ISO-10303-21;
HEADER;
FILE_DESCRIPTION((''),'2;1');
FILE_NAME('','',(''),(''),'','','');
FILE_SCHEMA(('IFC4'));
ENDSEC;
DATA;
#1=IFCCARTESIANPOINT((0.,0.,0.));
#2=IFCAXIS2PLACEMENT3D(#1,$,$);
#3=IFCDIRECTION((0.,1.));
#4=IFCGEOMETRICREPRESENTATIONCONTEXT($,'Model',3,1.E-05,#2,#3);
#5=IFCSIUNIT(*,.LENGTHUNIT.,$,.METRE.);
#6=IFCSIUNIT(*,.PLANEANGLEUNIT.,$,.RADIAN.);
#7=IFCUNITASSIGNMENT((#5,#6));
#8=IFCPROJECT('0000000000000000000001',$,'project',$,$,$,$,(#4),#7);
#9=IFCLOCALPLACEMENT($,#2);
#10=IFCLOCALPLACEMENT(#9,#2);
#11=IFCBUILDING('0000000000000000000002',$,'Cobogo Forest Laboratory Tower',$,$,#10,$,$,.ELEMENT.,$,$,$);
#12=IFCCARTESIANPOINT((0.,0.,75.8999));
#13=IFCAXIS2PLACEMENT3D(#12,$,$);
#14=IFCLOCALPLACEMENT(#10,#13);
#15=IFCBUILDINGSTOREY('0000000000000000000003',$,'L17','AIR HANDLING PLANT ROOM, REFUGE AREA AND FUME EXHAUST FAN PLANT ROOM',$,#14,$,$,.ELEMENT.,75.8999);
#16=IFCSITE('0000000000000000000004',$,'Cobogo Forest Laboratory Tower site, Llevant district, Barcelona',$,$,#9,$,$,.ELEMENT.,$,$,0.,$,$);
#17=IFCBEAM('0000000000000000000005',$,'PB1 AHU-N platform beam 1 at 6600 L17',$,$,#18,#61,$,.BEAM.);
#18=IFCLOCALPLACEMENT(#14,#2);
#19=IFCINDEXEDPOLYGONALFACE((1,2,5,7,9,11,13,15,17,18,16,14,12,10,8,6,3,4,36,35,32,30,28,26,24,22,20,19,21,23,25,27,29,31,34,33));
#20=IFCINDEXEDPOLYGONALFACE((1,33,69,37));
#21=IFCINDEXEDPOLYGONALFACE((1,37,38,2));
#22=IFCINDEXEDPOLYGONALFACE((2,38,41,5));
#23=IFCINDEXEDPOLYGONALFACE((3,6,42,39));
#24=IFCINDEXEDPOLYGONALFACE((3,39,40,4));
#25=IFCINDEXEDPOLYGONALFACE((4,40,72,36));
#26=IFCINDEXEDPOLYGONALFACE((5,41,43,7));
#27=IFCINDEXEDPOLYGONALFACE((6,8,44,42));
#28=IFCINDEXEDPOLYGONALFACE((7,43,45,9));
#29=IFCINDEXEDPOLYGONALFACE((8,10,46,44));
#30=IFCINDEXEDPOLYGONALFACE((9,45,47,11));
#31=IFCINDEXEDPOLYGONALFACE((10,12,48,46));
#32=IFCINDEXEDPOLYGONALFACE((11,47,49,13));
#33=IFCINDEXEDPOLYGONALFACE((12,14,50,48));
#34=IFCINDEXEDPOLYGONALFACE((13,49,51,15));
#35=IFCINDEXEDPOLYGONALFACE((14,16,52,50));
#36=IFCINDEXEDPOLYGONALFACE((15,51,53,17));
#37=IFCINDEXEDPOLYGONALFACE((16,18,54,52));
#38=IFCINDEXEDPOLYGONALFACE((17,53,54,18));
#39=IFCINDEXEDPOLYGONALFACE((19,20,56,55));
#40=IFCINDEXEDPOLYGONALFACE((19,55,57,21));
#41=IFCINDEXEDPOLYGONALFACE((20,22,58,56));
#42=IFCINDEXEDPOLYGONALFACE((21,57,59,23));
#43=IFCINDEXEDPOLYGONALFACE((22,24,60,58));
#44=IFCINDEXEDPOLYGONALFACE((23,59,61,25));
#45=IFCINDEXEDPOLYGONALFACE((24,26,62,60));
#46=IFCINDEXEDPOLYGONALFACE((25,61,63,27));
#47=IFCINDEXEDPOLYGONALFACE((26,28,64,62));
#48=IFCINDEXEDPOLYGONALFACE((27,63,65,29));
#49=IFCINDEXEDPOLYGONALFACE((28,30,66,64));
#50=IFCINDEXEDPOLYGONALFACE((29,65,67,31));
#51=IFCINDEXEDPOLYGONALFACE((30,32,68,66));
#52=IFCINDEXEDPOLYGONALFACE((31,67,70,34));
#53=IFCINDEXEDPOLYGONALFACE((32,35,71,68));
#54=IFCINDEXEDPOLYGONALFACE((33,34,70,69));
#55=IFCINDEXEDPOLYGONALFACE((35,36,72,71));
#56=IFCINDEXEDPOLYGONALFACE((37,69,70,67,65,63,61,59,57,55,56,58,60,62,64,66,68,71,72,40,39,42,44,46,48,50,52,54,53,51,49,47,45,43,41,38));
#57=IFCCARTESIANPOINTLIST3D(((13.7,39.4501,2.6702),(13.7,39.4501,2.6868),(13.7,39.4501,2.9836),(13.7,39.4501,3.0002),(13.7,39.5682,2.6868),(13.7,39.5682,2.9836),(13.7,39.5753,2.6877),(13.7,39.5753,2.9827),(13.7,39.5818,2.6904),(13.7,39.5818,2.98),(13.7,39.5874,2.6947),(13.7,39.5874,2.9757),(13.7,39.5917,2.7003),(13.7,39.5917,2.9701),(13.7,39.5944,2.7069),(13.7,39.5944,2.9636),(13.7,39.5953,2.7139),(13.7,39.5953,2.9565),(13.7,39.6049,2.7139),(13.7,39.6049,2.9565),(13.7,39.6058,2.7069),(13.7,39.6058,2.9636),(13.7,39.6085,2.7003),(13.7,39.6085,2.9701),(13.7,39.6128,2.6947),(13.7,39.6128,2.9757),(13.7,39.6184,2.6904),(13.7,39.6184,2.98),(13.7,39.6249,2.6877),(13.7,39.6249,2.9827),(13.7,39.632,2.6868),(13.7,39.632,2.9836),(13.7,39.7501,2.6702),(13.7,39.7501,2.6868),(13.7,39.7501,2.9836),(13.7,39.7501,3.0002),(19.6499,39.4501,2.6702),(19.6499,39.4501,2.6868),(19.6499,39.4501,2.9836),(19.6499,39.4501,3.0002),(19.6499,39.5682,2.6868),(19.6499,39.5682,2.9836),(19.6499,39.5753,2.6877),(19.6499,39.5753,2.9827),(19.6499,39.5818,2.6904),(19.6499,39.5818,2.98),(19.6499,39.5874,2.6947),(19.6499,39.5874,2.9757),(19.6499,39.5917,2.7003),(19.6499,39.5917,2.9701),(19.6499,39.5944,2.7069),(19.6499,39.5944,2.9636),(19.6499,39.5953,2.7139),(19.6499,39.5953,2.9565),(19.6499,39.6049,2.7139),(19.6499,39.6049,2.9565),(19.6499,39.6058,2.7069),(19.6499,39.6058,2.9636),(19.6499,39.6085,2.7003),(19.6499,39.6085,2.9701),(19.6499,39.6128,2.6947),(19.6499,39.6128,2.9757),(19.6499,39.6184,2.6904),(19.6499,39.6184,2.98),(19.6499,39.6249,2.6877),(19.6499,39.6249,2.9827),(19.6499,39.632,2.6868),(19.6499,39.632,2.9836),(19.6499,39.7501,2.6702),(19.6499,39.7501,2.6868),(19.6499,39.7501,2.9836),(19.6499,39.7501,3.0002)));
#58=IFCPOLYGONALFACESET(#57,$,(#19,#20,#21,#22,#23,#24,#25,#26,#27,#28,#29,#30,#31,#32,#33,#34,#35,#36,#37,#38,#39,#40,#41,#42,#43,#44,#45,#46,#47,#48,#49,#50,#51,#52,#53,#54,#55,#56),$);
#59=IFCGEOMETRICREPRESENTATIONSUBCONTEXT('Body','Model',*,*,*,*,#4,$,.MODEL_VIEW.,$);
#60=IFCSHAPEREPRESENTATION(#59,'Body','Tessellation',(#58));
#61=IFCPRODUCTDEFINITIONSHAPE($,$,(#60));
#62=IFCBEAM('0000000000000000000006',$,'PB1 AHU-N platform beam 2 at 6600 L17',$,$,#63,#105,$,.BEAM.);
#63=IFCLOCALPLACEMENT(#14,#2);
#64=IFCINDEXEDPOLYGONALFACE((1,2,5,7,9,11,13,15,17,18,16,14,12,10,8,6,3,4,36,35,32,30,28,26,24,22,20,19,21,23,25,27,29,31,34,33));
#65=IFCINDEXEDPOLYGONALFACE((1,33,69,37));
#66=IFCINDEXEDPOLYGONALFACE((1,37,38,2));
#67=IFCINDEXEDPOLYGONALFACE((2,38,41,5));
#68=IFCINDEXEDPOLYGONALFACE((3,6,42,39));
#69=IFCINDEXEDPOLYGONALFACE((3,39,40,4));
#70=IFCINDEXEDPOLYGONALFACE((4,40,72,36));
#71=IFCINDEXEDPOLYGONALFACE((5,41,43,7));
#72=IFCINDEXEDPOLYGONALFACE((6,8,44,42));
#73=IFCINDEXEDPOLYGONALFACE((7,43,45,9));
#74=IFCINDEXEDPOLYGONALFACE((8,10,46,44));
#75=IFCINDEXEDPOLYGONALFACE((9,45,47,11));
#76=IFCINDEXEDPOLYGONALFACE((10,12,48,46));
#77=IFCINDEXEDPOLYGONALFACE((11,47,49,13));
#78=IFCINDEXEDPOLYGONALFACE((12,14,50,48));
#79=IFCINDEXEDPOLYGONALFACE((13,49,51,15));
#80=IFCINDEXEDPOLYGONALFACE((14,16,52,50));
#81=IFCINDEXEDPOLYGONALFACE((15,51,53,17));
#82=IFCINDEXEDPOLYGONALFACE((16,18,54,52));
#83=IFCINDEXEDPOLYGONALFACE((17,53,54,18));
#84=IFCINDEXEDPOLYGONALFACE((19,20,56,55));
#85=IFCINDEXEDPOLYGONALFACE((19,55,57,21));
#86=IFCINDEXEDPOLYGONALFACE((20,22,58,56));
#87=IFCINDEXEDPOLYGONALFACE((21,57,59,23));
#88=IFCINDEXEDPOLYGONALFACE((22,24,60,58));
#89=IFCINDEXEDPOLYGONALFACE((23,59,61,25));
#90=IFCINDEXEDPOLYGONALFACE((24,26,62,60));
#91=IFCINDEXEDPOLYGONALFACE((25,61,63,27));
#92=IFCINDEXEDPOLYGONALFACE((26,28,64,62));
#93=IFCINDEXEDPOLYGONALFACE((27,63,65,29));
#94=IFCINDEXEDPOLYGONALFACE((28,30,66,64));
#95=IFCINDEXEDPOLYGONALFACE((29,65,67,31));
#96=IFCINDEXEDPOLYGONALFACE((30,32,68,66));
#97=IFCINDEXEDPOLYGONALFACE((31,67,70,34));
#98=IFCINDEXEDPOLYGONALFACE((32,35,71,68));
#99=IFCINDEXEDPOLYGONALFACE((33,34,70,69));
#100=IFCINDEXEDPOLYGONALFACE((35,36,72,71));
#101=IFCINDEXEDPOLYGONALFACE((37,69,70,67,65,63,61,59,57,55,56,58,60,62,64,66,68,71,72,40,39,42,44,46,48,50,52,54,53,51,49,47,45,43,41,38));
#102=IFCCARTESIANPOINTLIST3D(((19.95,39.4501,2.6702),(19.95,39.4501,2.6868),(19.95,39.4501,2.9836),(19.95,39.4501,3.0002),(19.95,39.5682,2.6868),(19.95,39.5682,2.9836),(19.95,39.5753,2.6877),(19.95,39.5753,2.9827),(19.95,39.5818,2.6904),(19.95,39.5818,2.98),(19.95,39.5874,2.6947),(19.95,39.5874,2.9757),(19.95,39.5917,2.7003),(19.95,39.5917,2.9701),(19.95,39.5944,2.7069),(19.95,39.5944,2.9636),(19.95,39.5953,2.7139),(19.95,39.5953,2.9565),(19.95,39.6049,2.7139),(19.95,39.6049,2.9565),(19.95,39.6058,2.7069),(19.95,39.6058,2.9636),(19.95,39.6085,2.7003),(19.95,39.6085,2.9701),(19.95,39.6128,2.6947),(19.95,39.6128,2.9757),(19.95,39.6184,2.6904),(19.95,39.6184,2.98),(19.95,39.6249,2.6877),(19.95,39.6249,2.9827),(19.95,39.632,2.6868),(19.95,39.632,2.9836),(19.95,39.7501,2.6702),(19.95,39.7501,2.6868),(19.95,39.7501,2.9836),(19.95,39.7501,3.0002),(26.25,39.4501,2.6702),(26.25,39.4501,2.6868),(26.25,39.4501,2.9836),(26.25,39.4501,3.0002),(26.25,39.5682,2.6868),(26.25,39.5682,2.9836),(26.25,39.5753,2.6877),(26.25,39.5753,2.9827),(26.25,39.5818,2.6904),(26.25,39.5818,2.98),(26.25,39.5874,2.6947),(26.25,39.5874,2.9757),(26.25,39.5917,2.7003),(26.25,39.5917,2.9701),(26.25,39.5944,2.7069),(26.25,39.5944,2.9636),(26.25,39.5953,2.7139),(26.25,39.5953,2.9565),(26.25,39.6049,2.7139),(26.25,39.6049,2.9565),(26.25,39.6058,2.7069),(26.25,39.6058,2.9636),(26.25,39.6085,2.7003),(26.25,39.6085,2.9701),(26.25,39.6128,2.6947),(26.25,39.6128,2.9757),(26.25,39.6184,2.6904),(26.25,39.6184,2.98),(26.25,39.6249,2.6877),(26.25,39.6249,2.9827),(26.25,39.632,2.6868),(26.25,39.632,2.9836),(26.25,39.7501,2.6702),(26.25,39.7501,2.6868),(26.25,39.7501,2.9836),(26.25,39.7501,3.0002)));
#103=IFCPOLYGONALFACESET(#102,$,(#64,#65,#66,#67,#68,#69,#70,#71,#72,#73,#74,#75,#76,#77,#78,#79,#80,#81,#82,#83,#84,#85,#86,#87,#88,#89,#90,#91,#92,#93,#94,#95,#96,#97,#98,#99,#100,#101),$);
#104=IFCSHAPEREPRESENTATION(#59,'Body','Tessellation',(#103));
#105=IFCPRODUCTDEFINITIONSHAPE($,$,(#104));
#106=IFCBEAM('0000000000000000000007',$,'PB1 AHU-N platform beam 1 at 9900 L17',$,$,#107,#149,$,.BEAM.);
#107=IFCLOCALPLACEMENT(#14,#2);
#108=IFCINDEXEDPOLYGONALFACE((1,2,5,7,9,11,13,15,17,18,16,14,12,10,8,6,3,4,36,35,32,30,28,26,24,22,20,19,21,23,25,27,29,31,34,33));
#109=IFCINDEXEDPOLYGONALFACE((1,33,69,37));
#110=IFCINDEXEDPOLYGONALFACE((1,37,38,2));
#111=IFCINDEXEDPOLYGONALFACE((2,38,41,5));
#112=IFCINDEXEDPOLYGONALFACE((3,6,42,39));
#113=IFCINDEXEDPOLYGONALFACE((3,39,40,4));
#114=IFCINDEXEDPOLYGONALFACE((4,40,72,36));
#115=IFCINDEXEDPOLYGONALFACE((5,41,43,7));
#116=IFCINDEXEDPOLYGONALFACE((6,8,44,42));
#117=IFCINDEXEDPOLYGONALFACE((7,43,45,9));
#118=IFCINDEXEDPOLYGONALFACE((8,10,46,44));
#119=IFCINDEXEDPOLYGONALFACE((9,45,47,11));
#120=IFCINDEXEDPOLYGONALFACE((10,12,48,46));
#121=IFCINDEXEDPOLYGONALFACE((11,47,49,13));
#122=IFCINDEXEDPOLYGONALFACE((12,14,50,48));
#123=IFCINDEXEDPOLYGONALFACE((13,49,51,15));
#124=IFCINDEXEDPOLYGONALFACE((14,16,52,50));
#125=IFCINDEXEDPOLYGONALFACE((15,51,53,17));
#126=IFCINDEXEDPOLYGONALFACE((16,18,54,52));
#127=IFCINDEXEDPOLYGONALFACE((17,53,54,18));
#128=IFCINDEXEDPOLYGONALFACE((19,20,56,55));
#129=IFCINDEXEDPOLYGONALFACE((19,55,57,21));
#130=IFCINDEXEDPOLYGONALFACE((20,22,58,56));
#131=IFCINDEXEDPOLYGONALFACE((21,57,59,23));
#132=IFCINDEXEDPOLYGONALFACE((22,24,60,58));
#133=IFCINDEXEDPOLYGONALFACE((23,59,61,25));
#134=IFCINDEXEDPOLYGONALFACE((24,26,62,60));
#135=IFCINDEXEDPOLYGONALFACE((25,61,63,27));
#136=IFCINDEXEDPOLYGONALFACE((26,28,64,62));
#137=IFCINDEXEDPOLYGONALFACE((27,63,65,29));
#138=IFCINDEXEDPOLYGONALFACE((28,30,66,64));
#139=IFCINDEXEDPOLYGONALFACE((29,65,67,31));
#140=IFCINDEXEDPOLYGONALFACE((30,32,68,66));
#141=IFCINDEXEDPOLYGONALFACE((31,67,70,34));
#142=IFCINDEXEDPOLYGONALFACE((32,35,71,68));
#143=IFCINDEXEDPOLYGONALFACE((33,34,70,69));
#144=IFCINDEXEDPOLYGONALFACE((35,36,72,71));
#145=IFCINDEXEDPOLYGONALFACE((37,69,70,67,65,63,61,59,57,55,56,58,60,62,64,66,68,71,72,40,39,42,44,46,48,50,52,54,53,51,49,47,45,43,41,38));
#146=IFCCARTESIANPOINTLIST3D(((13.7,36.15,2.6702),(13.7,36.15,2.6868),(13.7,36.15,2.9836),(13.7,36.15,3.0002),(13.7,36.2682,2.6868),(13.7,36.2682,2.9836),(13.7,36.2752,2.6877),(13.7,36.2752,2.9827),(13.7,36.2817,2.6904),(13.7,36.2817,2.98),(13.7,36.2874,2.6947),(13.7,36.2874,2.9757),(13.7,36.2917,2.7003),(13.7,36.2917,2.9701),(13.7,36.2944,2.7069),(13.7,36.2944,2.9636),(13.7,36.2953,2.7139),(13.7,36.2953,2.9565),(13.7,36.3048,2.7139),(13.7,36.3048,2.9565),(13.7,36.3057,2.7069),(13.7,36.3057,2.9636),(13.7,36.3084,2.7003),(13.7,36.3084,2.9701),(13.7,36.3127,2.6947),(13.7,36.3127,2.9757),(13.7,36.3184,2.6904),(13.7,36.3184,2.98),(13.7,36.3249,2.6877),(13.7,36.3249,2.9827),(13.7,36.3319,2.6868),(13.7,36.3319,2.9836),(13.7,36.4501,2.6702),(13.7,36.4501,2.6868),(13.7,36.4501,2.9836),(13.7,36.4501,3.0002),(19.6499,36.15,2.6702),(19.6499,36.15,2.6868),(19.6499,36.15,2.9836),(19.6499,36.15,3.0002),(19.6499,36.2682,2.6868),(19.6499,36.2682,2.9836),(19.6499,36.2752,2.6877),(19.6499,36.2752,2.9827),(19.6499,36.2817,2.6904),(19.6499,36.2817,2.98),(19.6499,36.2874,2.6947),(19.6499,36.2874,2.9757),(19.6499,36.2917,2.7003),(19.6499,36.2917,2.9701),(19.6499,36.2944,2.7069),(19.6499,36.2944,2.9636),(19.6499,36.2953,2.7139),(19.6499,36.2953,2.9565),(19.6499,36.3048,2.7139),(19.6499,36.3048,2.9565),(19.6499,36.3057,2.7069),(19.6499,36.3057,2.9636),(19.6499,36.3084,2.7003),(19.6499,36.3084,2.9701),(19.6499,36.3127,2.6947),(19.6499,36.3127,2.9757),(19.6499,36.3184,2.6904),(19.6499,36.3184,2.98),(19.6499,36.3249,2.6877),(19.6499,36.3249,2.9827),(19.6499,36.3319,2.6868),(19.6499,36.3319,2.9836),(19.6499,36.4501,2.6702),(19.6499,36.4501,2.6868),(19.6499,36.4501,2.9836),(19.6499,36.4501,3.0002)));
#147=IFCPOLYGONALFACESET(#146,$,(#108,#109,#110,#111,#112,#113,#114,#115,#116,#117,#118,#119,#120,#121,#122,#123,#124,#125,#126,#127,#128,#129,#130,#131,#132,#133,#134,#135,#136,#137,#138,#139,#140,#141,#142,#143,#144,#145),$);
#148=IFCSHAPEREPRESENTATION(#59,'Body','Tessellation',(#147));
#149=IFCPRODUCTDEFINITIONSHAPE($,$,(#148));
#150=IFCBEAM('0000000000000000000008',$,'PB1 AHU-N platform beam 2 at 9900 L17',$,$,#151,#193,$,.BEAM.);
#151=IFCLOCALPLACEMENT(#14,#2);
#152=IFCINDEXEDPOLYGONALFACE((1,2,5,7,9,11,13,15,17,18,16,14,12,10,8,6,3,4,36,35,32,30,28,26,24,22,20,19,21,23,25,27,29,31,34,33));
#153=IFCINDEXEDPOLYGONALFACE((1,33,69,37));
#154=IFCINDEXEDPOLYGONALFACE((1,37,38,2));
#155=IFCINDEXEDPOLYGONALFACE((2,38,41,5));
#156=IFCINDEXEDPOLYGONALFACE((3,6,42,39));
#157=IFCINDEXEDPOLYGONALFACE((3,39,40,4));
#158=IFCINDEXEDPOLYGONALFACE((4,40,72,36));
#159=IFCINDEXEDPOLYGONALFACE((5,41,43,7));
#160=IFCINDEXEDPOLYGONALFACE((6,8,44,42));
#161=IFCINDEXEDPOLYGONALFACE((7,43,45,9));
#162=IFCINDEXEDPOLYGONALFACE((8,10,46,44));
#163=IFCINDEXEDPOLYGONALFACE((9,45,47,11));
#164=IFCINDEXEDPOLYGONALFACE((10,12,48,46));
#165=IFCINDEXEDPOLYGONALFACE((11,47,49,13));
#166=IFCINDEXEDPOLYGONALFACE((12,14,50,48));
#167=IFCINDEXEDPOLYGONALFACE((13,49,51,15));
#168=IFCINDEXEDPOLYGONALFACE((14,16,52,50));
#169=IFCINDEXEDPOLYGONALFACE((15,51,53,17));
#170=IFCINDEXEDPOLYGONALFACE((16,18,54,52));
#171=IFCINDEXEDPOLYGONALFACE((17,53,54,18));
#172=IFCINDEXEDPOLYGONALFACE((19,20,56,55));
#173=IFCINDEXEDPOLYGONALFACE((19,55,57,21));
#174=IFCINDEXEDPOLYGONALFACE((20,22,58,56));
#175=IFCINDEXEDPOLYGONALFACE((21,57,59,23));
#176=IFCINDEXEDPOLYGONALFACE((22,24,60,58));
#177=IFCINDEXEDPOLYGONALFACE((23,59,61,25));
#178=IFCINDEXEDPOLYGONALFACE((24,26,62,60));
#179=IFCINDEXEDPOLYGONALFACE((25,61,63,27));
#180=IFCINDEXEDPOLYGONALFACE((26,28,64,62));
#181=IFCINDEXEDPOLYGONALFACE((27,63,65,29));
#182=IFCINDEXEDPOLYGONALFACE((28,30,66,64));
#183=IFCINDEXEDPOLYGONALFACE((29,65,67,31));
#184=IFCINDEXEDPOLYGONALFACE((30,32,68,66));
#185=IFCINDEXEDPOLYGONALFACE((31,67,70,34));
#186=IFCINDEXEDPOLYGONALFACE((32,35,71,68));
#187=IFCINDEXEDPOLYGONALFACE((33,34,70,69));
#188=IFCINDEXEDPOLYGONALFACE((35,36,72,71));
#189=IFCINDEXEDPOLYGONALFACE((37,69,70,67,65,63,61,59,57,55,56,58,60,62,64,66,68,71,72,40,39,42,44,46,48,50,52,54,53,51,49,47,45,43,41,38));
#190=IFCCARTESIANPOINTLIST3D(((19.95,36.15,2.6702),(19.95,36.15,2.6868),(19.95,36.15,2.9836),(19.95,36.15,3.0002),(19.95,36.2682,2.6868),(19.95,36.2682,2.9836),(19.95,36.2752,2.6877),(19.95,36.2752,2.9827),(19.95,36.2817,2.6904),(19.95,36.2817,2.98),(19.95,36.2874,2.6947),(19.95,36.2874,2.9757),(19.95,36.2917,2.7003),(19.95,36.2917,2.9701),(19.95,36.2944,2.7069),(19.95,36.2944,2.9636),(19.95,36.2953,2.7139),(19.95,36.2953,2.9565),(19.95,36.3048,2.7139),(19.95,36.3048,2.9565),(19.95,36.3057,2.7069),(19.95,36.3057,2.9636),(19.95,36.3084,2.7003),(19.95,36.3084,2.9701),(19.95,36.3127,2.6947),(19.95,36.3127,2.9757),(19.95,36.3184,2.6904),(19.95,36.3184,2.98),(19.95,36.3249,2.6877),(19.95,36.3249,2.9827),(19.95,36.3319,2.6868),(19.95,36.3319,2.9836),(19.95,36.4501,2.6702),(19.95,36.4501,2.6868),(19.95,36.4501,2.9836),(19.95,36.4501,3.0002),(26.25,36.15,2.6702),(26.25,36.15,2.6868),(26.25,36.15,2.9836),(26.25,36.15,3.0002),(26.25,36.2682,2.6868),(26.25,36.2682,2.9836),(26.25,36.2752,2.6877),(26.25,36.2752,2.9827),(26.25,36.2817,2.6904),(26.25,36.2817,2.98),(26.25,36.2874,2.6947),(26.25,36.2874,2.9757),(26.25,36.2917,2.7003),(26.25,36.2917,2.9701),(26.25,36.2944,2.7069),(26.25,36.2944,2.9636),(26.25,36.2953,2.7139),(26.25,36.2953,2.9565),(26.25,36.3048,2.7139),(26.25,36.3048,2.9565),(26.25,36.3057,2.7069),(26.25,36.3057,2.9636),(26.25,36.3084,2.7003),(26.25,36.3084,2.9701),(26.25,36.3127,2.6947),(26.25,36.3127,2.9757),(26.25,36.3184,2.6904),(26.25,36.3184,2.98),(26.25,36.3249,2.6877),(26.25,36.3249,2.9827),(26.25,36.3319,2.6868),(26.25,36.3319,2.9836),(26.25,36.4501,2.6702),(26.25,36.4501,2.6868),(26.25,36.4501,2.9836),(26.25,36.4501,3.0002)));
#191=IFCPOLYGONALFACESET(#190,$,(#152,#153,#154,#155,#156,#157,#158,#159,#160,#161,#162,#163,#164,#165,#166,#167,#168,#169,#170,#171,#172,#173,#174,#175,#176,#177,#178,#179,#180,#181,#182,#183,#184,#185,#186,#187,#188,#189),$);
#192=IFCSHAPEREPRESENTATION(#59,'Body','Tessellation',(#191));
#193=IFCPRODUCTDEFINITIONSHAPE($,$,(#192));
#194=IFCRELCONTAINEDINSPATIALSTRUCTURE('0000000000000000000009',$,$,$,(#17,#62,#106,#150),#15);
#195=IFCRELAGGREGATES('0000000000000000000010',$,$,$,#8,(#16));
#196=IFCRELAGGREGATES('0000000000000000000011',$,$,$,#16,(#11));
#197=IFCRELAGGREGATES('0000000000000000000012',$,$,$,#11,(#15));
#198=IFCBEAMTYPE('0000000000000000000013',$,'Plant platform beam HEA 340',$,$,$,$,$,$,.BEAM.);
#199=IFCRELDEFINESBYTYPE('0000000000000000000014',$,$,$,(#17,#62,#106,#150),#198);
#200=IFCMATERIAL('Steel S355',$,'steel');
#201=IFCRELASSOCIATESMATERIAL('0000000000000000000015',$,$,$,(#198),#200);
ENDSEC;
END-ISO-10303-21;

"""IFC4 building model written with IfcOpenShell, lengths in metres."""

from ifc_helpers import new_model, si_unit, direction, frame, origin, origin_2d, place, context, subcontext, project, spatial, i_section, extrude, material, material_profile, profile_set, type_object, element, save


model = new_model("IFC4")

# Units and contexts
model_context = context("Model", 3, precision=1e-05, world=origin(), true_north=direction((0.0, 1.0)))
body_context = subcontext(model_context, "Body", "Model", "MODEL_VIEW")
ifc_project = project(units=[si_unit("LENGTHUNIT", "METRE"), si_unit("PLANEANGLEUNIT", "RADIAN")], contexts=[model_context])

# Site, building, storey
site_placement = place(None, origin())
site = spatial("IfcSite", under=ifc_project, at=site_placement, Name="Cobogo Forest Laboratory Tower site, Llevant district, Barcelona", CompositionType="ELEMENT", RefElevation=0.0)
building_placement = place(site_placement, origin())
building = spatial("IfcBuilding", under=site, at=building_placement, Name="Cobogo Forest Laboratory Tower", CompositionType="ELEMENT")
storey_placement = place(building_placement, frame((0.0, 0.0, 75.8999)))
storey = spatial("IfcBuildingStorey", under=building, at=storey_placement, Name="L17", Description="AIR HANDLING PLANT ROOM, REFUGE AREA AND FUME EXHAUST FAN PLANT ROOM", CompositionType="ELEMENT", Elevation=75.8999)

# Beams
ifc_material_1 = material(Name="Steel S355", Category="steel")
ifc_material_profile_1 = material_profile(ifc_material_1, i_section(OverallWidth=0.3, OverallDepth=0.3301, WebThickness=0.0095, FlangeThickness=0.0166, FilletRadius=0.0271, at=origin_2d()), Name="HEA 340")
ifc_profile_set_1 = profile_set([ifc_material_profile_1], Name="Steel S355")
beam_type_1 = type_object("IfcBeamType", Name="Plant platform beam HEA 340", PredefinedType="BEAM", material=ifc_profile_set_1)
beam_1_placement = place(storey_placement, frame((13.7, 39.6001, 2.8352), z_axis=(1.0, 0.0, 0.0), x_axis=(0.0, 1.0, 0.0)))
element("IfcBeam", 1, at=beam_1_placement, inside=storey, type_object=beam_type_1, Name="PB1 AHU-N platform beam 1 at 6600 L17", PredefinedType="BEAM", context=body_context, shape_type="SweptSolid", body=[
    extrude(i_section(OverallWidth=0.3, OverallDepth=0.3301, WebThickness=0.0095, FlangeThickness=0.0166, FilletRadius=0.0271, at=origin_2d()), origin(), (0.0, 0.0, 1.0), 5.95),
])
beam_2_placement = place(storey_placement, frame((19.95, 39.6001, 2.8352), z_axis=(1.0, 0.0, 0.0), x_axis=(0.0, 1.0, 0.0)))
element("IfcBeam", 2, at=beam_2_placement, inside=storey, type_object=beam_type_1, Name="PB1 AHU-N platform beam 2 at 6600 L17", PredefinedType="BEAM", context=body_context, shape_type="SweptSolid", body=[
    extrude(i_section(OverallWidth=0.3, OverallDepth=0.3301, WebThickness=0.0095, FlangeThickness=0.0166, FilletRadius=0.0271, at=origin_2d()), origin(), (0.0, 0.0, 1.0), 6.3),
])
beam_3_placement = place(storey_placement, frame((13.7, 36.3, 2.8352), z_axis=(1.0, 0.0, 0.0), x_axis=(0.0, 1.0, 0.0)))
element("IfcBeam", 3, at=beam_3_placement, inside=storey, type_object=beam_type_1, Name="PB1 AHU-N platform beam 1 at 9900 L17", PredefinedType="BEAM", context=body_context, shape_type="SweptSolid", body=[
    extrude(i_section(OverallWidth=0.3, OverallDepth=0.3301, WebThickness=0.0095, FlangeThickness=0.0166, FilletRadius=0.0271, at=origin_2d()), origin(), (0.0, 0.0, 1.0), 5.95),
])
beam_4_placement = place(storey_placement, frame((19.95, 36.3, 2.8352), z_axis=(1.0, 0.0, 0.0), x_axis=(0.0, 1.0, 0.0)))
element("IfcBeam", 4, at=beam_4_placement, inside=storey, type_object=beam_type_1, Name="PB1 AHU-N platform beam 2 at 9900 L17", PredefinedType="BEAM", context=body_context, shape_type="SweptSolid", body=[
    extrude(i_section(OverallWidth=0.3, OverallDepth=0.3301, WebThickness=0.0095, FlangeThickness=0.0166, FilletRadius=0.0271, at=origin_2d()), origin(), (0.0, 0.0, 1.0), 6.3),
])

save(model, "model.ifc")
